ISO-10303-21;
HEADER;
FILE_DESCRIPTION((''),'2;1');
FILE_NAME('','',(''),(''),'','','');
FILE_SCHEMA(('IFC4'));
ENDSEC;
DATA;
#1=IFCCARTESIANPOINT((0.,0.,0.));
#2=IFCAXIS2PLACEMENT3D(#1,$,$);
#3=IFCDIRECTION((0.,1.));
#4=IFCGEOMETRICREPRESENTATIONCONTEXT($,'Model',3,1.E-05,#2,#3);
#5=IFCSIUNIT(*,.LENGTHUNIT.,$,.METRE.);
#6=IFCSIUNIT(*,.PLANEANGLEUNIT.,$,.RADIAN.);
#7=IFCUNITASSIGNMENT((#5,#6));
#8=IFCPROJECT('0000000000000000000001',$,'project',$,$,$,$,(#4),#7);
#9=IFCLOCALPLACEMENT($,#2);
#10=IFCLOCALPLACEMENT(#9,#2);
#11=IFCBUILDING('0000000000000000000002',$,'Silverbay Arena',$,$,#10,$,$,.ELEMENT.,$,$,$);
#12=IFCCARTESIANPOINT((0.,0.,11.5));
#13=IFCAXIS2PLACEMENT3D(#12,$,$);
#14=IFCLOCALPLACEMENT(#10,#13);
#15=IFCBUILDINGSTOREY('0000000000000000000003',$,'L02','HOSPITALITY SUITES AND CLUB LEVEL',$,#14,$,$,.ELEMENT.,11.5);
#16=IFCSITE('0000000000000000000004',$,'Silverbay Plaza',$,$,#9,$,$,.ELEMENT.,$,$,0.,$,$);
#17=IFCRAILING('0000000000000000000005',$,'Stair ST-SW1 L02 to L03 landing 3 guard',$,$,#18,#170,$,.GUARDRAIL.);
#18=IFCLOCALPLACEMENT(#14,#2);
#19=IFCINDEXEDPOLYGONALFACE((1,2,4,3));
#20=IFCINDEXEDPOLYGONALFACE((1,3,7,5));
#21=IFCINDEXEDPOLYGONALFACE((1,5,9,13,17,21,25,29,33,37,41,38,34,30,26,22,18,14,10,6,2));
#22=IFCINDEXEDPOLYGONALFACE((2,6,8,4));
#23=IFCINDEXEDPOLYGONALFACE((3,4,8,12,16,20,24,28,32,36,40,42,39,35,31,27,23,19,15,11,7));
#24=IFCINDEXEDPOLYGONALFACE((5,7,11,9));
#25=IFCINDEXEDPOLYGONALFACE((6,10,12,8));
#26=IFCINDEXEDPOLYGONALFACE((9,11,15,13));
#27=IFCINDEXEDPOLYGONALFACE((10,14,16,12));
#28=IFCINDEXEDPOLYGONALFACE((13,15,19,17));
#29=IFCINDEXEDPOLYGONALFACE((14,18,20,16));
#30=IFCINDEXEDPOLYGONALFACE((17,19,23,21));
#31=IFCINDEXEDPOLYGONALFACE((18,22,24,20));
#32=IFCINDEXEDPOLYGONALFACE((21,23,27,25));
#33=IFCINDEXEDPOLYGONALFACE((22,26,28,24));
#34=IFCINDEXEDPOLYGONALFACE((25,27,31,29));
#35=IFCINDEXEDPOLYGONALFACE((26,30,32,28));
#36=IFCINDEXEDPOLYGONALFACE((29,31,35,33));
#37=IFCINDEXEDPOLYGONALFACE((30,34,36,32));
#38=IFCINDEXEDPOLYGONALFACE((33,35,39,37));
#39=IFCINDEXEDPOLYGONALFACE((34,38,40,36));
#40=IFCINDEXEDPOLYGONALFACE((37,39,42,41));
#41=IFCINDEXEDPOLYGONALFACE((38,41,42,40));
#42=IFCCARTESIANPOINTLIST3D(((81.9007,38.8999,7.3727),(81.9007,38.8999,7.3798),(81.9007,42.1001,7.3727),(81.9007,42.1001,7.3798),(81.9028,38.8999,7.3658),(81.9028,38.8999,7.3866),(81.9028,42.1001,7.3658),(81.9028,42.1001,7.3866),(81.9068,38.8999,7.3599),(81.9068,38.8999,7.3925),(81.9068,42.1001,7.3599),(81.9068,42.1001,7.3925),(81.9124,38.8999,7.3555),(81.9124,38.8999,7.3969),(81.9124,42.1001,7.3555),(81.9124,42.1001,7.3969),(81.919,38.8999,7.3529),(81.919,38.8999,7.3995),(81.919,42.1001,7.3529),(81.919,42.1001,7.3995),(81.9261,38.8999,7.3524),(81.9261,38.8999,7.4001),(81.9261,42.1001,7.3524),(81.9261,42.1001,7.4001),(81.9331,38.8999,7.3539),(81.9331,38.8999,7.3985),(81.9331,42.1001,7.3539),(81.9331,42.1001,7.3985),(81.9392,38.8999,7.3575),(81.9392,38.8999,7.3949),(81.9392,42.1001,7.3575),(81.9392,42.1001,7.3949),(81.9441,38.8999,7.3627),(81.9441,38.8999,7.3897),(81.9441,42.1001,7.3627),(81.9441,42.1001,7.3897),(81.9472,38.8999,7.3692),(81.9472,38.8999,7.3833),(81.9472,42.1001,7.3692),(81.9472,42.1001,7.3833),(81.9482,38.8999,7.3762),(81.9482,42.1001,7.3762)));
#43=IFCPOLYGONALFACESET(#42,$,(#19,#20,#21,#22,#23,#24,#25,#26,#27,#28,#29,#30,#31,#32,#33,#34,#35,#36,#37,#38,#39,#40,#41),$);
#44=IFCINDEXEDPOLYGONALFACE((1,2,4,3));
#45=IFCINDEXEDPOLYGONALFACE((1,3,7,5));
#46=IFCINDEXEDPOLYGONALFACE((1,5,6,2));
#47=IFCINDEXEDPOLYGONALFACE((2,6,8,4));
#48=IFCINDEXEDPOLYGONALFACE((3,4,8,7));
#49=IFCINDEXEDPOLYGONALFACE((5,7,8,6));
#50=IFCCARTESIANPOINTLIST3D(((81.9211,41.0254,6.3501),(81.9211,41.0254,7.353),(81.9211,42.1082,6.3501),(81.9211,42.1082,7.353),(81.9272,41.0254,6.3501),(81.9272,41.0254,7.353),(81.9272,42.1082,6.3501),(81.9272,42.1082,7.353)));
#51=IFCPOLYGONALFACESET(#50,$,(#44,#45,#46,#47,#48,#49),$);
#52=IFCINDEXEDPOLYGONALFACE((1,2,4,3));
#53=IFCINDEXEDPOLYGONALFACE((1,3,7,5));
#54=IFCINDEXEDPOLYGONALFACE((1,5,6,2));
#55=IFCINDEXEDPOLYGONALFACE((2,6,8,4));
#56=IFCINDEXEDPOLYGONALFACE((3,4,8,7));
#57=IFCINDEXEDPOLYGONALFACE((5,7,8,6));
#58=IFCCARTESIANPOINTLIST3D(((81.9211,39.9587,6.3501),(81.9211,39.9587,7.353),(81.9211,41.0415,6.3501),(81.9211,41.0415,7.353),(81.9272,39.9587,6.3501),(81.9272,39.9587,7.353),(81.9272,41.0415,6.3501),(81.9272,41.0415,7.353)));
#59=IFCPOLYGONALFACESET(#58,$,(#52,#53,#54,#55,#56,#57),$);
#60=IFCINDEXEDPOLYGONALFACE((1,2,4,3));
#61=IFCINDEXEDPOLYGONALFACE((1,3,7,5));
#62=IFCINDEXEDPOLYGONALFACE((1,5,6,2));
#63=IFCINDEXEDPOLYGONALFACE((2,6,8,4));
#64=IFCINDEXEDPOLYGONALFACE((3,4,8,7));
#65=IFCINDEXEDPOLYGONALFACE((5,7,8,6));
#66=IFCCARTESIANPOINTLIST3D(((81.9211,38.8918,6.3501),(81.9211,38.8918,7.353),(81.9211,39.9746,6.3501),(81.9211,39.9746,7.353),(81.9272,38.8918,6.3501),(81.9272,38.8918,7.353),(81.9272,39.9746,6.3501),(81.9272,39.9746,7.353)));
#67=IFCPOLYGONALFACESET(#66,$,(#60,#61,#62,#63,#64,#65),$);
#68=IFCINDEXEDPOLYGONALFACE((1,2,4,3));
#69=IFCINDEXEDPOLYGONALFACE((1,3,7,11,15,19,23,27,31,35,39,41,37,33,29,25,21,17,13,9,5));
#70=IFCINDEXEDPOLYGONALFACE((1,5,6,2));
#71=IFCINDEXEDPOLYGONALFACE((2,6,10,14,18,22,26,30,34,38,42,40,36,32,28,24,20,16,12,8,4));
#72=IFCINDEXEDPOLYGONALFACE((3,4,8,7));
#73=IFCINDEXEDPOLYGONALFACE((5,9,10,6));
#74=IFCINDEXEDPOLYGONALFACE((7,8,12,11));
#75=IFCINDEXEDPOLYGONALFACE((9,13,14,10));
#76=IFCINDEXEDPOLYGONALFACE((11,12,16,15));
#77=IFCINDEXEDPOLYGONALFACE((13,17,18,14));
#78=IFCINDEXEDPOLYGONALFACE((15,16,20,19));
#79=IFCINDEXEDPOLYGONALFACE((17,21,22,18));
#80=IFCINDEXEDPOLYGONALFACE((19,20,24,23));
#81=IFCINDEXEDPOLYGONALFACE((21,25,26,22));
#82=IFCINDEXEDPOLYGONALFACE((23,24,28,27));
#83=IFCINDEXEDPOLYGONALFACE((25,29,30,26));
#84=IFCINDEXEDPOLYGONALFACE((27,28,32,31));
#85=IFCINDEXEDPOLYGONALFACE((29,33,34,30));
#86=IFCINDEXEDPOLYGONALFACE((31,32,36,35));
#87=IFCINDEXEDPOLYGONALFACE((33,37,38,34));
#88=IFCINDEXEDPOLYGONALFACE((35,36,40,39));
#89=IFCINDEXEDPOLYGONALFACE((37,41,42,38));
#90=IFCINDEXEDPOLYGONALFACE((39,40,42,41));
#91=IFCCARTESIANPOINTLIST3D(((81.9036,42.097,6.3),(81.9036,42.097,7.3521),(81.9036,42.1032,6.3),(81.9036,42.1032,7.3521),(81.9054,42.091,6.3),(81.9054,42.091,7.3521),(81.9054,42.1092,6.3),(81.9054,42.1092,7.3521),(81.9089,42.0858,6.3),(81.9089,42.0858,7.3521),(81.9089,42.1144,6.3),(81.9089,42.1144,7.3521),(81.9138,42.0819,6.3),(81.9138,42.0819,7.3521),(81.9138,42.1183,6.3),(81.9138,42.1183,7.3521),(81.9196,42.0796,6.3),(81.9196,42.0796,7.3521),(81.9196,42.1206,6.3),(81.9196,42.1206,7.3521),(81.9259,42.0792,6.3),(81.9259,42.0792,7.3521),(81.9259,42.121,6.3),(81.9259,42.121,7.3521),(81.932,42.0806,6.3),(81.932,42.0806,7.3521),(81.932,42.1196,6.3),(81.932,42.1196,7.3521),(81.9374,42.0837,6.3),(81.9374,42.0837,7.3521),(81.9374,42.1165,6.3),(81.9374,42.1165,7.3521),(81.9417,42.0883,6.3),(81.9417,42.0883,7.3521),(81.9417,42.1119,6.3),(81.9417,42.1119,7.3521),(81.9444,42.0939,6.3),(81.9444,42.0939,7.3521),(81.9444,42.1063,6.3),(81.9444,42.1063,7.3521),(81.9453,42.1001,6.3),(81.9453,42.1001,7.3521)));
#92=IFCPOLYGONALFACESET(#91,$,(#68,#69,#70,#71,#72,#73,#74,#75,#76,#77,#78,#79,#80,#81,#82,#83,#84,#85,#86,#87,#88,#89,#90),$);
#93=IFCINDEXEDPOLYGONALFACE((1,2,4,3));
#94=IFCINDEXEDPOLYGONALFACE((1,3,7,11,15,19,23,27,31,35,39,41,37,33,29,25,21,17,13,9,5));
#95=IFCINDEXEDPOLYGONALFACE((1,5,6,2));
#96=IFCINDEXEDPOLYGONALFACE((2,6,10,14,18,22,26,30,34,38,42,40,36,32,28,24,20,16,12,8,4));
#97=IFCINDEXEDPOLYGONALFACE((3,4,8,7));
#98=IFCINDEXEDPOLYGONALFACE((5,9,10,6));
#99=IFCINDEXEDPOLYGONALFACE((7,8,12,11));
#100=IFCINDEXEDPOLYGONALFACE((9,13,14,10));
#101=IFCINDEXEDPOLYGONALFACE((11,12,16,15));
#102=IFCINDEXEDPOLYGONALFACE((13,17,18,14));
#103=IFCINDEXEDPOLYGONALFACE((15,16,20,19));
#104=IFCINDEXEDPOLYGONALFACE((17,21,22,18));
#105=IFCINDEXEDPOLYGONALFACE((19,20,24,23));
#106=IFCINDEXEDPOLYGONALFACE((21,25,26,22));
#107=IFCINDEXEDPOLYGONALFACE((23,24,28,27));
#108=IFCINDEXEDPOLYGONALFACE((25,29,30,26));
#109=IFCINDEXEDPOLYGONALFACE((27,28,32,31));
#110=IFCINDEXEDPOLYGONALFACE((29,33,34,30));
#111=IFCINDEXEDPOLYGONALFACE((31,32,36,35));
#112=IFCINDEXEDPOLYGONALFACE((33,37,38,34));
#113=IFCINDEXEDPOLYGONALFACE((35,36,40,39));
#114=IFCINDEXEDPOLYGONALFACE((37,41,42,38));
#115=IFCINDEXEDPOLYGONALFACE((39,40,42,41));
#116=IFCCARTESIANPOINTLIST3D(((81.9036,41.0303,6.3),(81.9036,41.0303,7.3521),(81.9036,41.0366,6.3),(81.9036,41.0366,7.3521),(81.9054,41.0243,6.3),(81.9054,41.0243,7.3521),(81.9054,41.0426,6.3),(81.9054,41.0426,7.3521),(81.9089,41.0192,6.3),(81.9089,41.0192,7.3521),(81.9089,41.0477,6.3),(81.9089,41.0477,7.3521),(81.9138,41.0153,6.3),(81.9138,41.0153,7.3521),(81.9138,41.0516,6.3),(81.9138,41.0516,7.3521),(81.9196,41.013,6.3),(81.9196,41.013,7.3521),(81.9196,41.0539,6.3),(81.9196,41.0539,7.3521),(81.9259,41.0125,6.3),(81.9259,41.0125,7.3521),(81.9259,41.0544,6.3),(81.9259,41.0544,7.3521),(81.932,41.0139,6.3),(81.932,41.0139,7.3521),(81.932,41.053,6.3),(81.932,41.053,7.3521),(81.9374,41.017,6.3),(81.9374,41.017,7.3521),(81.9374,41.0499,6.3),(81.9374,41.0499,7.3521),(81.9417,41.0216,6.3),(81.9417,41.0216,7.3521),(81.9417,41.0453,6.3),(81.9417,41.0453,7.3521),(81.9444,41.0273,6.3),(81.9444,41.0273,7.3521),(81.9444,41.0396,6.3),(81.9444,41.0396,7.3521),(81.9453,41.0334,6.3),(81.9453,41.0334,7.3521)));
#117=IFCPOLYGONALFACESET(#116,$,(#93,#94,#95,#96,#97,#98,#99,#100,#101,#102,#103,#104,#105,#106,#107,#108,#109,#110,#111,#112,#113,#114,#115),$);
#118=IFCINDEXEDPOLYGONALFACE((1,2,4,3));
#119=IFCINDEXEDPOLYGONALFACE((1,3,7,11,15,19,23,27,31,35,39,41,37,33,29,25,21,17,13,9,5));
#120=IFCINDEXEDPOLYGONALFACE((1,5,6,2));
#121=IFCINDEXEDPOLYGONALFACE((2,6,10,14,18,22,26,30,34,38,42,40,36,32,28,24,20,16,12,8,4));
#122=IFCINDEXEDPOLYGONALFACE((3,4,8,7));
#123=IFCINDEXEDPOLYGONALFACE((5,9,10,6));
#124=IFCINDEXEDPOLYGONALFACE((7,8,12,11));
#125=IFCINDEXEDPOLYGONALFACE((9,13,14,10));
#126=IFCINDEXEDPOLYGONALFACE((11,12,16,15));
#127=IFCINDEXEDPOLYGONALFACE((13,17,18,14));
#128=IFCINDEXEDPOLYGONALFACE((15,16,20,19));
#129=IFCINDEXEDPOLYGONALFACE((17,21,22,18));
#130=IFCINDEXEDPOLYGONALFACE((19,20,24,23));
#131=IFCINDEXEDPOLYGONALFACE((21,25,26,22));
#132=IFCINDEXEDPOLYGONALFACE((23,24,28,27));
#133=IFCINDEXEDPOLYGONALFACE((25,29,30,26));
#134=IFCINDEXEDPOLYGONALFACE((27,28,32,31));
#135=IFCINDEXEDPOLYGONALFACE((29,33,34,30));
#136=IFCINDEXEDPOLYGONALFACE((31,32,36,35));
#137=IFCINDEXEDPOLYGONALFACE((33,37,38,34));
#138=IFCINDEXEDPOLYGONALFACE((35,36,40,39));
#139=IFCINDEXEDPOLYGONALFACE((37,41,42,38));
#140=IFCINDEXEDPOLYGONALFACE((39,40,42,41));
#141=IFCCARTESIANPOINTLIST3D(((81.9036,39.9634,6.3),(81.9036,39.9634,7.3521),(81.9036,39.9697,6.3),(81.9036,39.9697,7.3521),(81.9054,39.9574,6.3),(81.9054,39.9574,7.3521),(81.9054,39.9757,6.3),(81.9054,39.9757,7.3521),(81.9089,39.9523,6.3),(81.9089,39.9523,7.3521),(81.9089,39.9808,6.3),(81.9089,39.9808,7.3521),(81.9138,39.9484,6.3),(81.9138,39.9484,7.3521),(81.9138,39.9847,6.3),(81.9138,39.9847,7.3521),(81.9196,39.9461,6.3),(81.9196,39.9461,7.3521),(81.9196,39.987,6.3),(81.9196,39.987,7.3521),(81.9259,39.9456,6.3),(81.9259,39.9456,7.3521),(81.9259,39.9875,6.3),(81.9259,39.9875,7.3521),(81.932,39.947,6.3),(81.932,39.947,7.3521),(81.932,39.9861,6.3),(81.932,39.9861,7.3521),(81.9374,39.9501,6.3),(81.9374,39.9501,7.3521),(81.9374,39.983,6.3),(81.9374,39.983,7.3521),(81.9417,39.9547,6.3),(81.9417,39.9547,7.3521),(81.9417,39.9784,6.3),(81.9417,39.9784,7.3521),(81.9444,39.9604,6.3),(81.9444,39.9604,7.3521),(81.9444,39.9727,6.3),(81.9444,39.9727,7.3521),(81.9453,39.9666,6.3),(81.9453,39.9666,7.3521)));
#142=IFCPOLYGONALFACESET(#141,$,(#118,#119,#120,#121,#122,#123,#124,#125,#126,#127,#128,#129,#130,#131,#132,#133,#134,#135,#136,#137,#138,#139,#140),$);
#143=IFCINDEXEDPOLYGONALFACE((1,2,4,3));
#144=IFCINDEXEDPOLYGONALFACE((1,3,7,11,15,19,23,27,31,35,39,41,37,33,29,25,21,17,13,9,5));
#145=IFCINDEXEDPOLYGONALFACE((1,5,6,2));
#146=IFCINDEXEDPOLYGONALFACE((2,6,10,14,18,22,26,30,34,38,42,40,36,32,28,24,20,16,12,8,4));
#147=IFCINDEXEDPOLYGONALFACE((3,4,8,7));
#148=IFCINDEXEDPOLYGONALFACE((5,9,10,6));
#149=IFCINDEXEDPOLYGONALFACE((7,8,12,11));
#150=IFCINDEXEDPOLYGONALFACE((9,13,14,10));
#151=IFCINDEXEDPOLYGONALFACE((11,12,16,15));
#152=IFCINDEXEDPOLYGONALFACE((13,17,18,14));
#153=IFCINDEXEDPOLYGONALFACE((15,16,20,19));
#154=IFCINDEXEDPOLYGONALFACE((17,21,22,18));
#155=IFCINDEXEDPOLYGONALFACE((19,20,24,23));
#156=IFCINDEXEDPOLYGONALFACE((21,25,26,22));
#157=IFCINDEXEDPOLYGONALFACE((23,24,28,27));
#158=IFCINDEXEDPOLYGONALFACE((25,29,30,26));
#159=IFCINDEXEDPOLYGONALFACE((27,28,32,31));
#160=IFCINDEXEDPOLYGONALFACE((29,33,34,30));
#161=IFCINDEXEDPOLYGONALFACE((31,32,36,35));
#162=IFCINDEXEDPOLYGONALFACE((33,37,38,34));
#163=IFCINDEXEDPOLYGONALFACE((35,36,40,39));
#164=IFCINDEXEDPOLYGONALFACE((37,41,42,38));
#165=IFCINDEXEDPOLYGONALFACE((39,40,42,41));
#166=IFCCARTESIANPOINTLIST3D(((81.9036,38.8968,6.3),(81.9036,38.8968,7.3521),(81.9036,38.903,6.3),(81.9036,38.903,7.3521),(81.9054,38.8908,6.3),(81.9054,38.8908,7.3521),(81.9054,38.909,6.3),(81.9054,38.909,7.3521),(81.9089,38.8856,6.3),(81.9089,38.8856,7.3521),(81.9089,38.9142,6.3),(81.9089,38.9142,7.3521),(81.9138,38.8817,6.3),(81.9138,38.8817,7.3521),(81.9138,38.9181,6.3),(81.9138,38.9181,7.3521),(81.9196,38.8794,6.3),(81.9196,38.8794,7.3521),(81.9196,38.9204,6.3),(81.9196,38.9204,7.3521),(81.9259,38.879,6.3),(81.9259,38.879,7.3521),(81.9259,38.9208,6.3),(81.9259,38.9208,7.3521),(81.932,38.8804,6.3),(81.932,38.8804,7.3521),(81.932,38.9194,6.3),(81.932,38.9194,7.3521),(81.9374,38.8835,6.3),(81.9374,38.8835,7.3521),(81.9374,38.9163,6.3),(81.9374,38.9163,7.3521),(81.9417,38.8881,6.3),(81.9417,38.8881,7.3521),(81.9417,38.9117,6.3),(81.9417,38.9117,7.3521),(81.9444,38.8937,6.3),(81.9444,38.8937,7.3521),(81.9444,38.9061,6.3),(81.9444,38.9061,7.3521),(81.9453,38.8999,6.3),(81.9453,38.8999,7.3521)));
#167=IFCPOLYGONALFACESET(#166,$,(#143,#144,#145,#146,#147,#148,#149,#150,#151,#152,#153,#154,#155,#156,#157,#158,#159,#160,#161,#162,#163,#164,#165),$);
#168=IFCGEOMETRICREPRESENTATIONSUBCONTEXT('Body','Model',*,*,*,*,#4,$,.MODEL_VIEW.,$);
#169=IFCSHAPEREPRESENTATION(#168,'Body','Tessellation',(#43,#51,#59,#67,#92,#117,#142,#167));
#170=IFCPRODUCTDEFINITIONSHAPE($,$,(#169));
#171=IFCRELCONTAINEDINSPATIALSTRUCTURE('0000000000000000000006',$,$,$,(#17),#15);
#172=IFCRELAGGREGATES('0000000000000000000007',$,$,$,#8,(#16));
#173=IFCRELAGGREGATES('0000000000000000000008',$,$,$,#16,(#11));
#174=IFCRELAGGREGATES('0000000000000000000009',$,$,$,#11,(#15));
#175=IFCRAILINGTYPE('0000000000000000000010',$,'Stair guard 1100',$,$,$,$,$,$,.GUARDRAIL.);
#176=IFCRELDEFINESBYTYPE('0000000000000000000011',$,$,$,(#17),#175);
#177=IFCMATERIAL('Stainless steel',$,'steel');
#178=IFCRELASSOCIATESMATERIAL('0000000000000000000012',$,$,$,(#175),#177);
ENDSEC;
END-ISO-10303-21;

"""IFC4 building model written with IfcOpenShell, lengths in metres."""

from ifc_helpers import new_model, si_unit, direction, frame, origin, origin_2d, place, context, subcontext, project, spatial, polyline, circle, outline, extrude, material, type_object, element, save


model = new_model("IFC4")

# Units and contexts
model_context = context("Model", 3, precision=1e-05, world=origin(), true_north=direction((0.0, 1.0)))
body_context = subcontext(model_context, "Body", "Model", "MODEL_VIEW")
ifc_project = project(units=[si_unit("LENGTHUNIT", "METRE"), si_unit("PLANEANGLEUNIT", "RADIAN")], contexts=[model_context])

# Site, building, storey
site_placement = place(None, origin())
site = spatial("IfcSite", under=ifc_project, at=site_placement, Name="Silverbay Plaza", CompositionType="ELEMENT", RefElevation=0.0)
building_placement = place(site_placement, origin())
building = spatial("IfcBuilding", under=site, at=building_placement, Name="Silverbay Arena", CompositionType="ELEMENT")
storey_placement = place(building_placement, frame((0.0, 0.0, 11.5)))
storey = spatial("IfcBuildingStorey", under=building, at=storey_placement, Name="L02", Description="HOSPITALITY SUITES AND CLUB LEVEL", CompositionType="ELEMENT", Elevation=11.5)

# Railing
ifc_material_1 = material(Name="Stainless steel", Category="steel")
railing_type_1 = type_object("IfcRailingType", Name="Stair guard 1100", PredefinedType="GUARDRAIL", material=ifc_material_1)
for number, where, name in (
    (1, (81.9243, 42.1001, 6.3), "Stair ST-SW1 L02 to L03 landing 3 guard"),
):
    element("IfcRailing", number, at=place(storey_placement, frame(where)), inside=storey, type_object=railing_type_1, Name=name, PredefinedType="GUARDRAIL", context=body_context, shape_type="SweptSolid", body=[
        extrude(circle(Radius=0.0239, at=origin_2d()), frame((0.0, 0.0, 1.0762), z_axis=(0.0, -1.0, 0.0), x_axis=(1.0, 0.0, 0.0)), (0.0, 0.0, 1.0), 3.2002),
        extrude(outline(polyline([(-0.0081, 0.05), (1.0747, 0.05), (1.0747, 1.053), (-0.0081, 1.053), (-0.0081, 0.05)])), frame((0.0029, 0.0, 0.0), z_axis=(-1.0, 0.0, 0.0), x_axis=(0.0, -1.0, 0.0)), (0.0, 0.0, 1.0), 0.0061),
        extrude(outline(polyline([(-0.0081, 0.05), (1.0747, 0.05), (1.0747, 1.053), (-0.0081, 1.053), (-0.0081, 0.05)])), frame((0.0029, -1.0667, 0.0), z_axis=(-1.0, 0.0, 0.0), x_axis=(0.0, -1.0, 0.0)), (0.0, 0.0, 1.0), 0.0061),
        extrude(outline(polyline([(-0.0081, 0.05), (1.0747, 0.05), (1.0747, 1.053), (-0.0081, 1.053), (-0.0081, 0.05)])), frame((0.0029, -2.1335, 0.0), z_axis=(-1.0, 0.0, 0.0), x_axis=(0.0, -1.0, 0.0)), (0.0, 0.0, 1.0), 0.0061),
        extrude(circle(Radius=0.021, at=origin_2d()), origin(), (0.0, 0.0, 1.0), 1.052),
        extrude(circle(Radius=0.021, at=origin_2d()), frame((0.0, -1.0667, 0.0)), (0.0, 0.0, 1.0), 1.052),
        extrude(circle(Radius=0.021, at=origin_2d()), frame((0.0, -2.1335, 0.0)), (0.0, 0.0, 1.0), 1.052),
        extrude(circle(Radius=0.021, at=origin_2d()), frame((0.0, -3.2002, 0.0)), (0.0, 0.0, 1.0), 1.052),
    ])

save(model, "model.ifc")
